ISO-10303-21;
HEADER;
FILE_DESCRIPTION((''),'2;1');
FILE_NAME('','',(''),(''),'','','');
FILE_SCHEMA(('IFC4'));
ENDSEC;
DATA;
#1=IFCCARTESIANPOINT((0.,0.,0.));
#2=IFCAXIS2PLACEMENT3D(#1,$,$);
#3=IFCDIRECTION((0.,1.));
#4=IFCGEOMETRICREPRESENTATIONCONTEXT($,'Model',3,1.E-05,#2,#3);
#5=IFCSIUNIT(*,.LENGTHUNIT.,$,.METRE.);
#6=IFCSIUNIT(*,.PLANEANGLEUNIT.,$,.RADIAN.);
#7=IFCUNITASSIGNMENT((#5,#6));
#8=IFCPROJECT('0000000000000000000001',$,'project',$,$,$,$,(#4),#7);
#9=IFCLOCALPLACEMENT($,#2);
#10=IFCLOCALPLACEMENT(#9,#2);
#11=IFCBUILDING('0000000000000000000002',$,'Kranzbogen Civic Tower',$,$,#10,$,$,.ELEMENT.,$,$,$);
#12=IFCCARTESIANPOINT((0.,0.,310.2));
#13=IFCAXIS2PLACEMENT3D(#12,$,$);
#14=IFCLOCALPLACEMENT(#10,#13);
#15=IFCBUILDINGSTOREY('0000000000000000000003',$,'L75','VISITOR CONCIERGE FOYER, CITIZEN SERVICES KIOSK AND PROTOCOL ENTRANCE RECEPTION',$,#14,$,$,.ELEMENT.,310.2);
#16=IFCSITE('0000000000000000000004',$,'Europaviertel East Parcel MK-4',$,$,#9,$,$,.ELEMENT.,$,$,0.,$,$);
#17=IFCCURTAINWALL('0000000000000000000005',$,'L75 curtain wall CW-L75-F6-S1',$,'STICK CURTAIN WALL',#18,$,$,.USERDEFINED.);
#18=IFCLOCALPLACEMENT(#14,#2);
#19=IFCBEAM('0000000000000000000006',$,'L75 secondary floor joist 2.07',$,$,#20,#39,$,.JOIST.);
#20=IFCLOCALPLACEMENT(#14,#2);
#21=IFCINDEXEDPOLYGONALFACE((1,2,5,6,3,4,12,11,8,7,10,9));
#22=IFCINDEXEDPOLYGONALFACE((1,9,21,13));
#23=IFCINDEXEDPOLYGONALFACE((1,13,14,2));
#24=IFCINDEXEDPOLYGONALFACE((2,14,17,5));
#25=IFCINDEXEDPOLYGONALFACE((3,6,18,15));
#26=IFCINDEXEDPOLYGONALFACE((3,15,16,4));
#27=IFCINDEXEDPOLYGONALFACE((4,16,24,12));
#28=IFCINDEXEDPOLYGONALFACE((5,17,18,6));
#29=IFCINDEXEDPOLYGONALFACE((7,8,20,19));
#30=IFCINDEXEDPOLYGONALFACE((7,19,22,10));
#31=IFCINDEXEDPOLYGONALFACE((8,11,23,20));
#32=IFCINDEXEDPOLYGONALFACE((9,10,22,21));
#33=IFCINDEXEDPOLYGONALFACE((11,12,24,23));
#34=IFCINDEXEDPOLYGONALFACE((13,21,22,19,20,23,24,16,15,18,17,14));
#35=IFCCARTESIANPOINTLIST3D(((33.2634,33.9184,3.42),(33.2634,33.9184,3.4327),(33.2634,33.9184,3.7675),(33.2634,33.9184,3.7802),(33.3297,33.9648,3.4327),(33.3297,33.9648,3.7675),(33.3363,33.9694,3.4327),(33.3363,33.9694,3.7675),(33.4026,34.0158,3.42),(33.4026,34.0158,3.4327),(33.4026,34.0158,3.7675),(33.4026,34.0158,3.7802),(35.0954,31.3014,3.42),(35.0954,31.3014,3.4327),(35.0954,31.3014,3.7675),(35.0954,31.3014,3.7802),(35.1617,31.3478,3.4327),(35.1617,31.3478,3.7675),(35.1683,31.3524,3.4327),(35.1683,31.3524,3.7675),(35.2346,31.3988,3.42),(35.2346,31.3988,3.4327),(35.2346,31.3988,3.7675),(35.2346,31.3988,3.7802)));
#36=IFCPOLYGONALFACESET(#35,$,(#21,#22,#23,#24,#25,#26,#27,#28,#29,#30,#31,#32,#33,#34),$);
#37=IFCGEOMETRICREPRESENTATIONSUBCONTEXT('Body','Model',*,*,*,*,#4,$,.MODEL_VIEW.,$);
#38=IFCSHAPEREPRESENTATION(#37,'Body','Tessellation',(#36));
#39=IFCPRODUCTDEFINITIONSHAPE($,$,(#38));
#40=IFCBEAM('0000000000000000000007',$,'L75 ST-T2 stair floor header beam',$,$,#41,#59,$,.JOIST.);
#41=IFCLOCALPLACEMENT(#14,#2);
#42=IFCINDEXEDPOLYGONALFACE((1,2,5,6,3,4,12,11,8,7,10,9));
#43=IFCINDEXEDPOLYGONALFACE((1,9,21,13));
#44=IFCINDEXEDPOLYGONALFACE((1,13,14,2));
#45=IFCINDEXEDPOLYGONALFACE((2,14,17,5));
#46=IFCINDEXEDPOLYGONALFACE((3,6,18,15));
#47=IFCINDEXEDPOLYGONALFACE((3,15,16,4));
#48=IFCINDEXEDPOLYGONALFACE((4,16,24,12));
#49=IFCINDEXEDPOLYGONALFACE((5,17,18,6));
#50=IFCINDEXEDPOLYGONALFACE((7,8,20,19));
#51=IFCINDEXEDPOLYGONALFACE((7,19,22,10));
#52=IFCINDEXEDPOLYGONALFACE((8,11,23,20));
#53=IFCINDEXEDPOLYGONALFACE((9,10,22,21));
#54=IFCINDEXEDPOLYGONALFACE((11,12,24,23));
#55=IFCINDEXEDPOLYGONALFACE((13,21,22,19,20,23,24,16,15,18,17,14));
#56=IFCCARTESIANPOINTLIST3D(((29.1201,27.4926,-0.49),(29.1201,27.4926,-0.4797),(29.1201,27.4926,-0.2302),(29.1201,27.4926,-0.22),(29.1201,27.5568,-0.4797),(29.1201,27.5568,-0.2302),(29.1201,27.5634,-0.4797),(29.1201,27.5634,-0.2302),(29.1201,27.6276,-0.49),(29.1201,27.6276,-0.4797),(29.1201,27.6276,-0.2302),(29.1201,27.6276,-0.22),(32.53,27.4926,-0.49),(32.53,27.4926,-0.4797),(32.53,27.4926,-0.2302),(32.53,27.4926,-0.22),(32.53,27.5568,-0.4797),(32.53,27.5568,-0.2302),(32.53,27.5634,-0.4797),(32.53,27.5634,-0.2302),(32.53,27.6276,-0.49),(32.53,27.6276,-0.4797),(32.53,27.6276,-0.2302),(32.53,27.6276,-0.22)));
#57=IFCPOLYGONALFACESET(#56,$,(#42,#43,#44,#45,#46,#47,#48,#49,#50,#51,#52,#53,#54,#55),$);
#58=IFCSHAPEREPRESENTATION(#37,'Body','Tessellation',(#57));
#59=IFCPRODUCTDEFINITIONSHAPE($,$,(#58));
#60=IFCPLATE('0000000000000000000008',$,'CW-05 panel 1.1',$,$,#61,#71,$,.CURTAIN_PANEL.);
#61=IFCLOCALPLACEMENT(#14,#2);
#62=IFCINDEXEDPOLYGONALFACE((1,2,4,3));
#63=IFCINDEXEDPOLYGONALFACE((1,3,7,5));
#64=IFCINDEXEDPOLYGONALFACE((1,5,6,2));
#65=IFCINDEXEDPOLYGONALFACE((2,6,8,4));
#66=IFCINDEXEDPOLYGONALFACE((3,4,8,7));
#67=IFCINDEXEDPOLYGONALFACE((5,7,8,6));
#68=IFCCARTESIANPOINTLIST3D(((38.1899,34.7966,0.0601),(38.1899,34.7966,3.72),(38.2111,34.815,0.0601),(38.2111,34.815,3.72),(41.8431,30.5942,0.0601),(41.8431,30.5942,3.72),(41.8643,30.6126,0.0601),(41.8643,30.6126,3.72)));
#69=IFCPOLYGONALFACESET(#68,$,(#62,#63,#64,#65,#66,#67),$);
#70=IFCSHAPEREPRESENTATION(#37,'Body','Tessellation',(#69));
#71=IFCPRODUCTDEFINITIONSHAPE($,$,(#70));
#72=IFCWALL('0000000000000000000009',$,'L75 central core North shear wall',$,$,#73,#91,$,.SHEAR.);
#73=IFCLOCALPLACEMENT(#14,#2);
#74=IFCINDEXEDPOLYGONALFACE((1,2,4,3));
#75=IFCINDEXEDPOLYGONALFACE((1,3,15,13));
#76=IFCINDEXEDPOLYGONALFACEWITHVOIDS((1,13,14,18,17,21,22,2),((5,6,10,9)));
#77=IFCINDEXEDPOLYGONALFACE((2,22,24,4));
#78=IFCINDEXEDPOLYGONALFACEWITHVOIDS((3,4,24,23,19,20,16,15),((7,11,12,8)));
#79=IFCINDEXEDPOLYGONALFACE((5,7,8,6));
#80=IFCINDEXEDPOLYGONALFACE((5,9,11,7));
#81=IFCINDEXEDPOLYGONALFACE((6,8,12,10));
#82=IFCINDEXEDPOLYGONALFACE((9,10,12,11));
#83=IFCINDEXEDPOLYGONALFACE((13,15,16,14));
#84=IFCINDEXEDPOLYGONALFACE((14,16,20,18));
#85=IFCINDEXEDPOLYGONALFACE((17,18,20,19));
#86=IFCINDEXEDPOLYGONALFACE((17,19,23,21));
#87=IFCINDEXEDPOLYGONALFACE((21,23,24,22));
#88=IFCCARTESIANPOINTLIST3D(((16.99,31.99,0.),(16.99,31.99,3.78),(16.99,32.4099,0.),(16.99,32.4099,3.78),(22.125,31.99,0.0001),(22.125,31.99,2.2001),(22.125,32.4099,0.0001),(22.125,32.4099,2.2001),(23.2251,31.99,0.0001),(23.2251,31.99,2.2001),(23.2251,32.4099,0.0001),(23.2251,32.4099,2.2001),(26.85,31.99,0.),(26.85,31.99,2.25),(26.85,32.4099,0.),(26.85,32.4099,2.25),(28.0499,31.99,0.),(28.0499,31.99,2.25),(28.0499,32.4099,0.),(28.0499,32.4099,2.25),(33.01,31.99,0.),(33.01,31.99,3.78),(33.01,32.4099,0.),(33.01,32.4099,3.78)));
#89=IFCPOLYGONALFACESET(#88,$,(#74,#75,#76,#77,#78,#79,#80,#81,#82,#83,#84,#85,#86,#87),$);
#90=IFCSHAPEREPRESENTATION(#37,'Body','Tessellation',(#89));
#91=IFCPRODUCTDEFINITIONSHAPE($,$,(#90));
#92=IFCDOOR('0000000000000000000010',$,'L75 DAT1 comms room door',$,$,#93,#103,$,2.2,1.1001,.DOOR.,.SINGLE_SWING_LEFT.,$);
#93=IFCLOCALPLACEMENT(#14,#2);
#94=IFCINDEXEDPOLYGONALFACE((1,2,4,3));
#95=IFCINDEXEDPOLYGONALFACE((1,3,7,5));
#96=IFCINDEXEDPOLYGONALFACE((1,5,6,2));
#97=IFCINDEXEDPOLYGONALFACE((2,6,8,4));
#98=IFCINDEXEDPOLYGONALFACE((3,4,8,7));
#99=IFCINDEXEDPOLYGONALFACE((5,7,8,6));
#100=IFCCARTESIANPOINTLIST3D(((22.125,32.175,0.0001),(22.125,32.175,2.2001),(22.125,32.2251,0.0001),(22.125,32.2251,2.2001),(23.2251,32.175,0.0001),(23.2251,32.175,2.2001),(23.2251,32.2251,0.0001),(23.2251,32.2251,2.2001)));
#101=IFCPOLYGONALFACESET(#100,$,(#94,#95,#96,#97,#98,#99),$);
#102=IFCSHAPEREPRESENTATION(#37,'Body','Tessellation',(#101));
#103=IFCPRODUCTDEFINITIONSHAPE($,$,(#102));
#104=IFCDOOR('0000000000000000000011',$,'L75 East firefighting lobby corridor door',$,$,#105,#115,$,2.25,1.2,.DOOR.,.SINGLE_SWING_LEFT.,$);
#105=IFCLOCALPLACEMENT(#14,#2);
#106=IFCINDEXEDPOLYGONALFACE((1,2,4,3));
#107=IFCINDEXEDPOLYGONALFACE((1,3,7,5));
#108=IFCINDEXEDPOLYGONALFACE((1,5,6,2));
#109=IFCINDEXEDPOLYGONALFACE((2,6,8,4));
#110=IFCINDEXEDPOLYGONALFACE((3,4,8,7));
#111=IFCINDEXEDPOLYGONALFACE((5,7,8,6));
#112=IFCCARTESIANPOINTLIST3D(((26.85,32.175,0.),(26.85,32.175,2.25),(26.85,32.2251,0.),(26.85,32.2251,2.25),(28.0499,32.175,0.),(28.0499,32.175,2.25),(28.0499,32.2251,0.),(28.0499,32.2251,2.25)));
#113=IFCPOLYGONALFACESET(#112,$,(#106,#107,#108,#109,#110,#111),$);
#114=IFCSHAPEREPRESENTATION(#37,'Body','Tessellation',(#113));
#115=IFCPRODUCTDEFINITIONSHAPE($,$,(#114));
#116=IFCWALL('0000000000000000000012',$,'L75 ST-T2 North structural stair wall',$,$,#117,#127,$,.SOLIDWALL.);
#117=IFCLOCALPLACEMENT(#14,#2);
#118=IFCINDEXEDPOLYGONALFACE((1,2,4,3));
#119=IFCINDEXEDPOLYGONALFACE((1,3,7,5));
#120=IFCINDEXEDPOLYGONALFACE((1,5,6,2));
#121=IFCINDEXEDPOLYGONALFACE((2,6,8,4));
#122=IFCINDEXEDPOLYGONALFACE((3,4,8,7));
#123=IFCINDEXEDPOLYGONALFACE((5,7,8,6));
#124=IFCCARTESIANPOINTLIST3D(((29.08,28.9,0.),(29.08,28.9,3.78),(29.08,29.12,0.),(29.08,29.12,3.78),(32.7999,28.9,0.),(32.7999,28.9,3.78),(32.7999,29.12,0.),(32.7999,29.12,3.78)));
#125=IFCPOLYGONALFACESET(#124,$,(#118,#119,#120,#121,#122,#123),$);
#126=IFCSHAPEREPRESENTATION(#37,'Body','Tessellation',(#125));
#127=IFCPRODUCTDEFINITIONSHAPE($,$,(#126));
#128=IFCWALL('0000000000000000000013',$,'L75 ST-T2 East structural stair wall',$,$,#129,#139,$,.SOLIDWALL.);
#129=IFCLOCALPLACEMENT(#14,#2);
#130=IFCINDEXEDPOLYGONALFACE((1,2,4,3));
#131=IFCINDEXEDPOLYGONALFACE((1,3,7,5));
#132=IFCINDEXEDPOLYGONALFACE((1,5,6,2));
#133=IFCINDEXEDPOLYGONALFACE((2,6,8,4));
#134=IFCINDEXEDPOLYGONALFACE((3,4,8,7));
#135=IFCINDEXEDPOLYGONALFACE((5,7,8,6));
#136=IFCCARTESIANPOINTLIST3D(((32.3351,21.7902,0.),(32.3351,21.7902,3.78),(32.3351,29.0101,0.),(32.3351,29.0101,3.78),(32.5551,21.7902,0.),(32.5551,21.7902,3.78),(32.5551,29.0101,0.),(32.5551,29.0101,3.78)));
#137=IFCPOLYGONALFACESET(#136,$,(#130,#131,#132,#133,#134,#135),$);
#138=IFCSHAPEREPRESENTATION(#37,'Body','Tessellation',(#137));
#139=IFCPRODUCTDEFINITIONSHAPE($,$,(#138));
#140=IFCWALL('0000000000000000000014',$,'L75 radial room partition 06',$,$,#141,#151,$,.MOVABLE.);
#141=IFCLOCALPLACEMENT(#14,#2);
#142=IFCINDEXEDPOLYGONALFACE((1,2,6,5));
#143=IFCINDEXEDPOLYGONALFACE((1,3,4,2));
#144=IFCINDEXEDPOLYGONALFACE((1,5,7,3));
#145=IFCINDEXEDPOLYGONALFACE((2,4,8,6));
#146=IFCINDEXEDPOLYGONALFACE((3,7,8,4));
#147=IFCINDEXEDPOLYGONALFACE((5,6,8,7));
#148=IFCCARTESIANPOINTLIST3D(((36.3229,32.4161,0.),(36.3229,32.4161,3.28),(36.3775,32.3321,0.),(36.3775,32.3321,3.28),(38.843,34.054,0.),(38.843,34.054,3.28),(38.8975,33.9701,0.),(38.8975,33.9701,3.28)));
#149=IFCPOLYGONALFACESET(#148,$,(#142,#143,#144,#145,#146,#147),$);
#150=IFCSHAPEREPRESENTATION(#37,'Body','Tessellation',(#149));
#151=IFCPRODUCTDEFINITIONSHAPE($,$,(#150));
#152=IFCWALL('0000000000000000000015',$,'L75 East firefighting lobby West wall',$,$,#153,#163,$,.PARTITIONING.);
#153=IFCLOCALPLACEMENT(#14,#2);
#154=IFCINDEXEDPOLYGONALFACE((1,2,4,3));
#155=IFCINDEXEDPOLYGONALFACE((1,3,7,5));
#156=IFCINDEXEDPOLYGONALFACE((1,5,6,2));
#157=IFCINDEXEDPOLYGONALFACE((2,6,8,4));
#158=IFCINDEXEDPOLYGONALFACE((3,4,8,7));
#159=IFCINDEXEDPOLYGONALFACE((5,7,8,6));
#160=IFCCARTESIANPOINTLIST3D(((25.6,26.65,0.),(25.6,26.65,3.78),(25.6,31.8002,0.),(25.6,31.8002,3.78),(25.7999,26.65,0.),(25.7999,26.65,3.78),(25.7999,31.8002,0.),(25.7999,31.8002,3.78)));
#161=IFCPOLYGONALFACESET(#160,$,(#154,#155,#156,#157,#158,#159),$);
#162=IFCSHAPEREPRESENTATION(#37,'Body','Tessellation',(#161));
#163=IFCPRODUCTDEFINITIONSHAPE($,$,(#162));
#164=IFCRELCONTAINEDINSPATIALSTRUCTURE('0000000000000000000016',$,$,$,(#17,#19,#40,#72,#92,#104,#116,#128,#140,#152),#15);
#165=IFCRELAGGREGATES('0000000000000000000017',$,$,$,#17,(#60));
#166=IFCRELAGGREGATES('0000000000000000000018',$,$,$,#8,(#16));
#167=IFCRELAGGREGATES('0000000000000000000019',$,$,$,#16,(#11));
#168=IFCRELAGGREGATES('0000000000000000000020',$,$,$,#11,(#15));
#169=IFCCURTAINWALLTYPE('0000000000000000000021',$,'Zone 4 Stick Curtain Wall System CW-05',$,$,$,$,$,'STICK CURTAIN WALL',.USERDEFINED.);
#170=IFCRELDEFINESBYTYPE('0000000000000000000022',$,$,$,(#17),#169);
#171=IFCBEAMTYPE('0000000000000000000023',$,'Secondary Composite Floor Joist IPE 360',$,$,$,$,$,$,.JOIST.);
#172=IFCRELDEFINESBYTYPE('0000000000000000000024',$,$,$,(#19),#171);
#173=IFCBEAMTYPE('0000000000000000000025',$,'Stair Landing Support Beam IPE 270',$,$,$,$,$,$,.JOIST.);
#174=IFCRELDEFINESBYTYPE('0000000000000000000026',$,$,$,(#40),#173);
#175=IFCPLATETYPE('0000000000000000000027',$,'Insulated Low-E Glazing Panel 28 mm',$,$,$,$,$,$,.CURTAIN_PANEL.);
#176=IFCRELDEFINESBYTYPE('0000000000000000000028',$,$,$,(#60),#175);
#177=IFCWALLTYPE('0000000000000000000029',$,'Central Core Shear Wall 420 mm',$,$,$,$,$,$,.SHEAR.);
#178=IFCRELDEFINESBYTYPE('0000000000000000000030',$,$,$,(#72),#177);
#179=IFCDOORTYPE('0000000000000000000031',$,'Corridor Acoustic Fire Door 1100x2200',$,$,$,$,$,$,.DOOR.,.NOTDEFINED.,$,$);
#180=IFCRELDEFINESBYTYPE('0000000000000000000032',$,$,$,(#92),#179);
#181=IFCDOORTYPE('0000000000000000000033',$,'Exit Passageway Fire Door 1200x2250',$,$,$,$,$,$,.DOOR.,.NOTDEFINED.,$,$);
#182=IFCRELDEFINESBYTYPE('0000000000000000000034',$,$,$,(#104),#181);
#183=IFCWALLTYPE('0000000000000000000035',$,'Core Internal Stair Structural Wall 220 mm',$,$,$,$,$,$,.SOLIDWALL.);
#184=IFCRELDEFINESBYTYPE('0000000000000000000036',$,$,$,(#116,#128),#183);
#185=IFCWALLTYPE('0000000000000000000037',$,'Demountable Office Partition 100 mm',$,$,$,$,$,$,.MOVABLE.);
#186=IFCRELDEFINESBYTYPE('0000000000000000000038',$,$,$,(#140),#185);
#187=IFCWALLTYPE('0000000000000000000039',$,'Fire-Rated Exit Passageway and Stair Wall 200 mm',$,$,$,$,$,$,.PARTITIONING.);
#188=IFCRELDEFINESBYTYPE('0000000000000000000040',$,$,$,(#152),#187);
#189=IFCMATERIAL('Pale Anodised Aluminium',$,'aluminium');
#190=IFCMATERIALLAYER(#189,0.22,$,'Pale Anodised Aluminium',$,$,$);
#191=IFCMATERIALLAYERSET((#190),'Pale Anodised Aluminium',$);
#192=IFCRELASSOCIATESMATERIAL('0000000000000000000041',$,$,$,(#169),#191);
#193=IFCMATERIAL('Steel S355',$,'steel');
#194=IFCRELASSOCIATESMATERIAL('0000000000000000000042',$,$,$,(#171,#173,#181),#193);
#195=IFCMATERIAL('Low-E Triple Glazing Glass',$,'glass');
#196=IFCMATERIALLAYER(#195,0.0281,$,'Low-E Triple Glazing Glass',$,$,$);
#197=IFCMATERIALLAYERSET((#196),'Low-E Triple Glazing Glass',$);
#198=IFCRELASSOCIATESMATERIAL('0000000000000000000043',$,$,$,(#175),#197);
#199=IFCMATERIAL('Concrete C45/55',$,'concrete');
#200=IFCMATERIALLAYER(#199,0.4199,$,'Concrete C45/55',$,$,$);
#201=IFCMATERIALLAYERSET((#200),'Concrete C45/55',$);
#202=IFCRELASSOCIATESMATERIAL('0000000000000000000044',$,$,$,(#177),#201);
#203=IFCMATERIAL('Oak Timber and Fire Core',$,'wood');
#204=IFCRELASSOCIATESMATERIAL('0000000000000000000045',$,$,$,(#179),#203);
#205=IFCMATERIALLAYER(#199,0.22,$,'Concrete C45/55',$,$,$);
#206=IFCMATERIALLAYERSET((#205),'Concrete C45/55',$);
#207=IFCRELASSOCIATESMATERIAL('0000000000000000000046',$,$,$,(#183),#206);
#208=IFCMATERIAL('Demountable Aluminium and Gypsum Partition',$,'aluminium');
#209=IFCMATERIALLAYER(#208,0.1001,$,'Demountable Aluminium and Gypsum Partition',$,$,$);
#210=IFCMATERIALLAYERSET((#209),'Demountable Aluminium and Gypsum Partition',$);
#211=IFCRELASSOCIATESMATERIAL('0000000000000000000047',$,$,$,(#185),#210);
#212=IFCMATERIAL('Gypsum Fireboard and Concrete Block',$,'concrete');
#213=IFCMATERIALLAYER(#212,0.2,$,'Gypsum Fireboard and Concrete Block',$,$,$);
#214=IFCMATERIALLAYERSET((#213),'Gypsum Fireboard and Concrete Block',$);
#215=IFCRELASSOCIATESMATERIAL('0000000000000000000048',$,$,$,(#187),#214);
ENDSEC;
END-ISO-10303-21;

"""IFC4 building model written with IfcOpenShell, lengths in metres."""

from ifc_helpers import new_model, si_unit, direction, frame, frame_2d, origin, origin_2d, place, context, subcontext, project, spatial, rectangle, i_section, extrude, material, layer, layer_set, material_profile, profile_set, type_object, element, fill, aggregate, save


model = new_model("IFC4")

# Units and contexts
model_context = context("Model", 3, precision=1e-05, world=origin(), true_north=direction((0.0, 1.0)))
body_context = subcontext(model_context, "Body", "Model", "MODEL_VIEW")
ifc_project = project(units=[si_unit("LENGTHUNIT", "METRE"), si_unit("PLANEANGLEUNIT", "RADIAN")], contexts=[model_context])

# Site, building, storey
site_placement = place(None, origin())
site = spatial("IfcSite", under=ifc_project, at=site_placement, Name="Europaviertel East Parcel MK-4", CompositionType="ELEMENT", RefElevation=0.0)
building_placement = place(site_placement, origin())
building = spatial("IfcBuilding", under=site, at=building_placement, Name="Kranzbogen Civic Tower", CompositionType="ELEMENT")
storey_placement = place(building_placement, frame((0.0, 0.0, 310.2)))
storey = spatial("IfcBuildingStorey", under=building, at=storey_placement, Name="L75", Description="VISITOR CONCIERGE FOYER, CITIZEN SERVICES KIOSK AND PROTOCOL ENTRANCE RECEPTION", CompositionType="ELEMENT", Elevation=310.2)

# Shared definitions
ifc_material_1 = material(Name="Steel S355", Category="steel")

# Shared definitions
ifc_material_2 = material(Name="Pale Anodised Aluminium", Category="aluminium")
ifc_layer_1 = layer(ifc_material_2, 0.22, Name="Pale Anodised Aluminium")
ifc_layer_set_1 = layer_set([ifc_layer_1], Name="Pale Anodised Aluminium")
curtain_wall_type = type_object("IfcCurtainWallType", Name="Zone 4 Stick Curtain Wall System CW-05", ElementType="STICK CURTAIN WALL", PredefinedType="USERDEFINED", material=ifc_layer_set_1)

# Curtain wall
curtain_wall_1_placement = place(storey_placement, origin())
curtain_wall_1 = element("IfcCurtainWall", 1, at=curtain_wall_1_placement, inside=storey, type_object=curtain_wall_type, Name="L75 curtain wall CW-L75-F6-S1", ObjectType="STICK CURTAIN WALL", PredefinedType="USERDEFINED")

# Beams
ifc_material_profile_1 = material_profile(ifc_material_1, i_section(OverallWidth=0.1699, OverallDepth=0.3601, WebThickness=0.0081, FlangeThickness=0.0127, at=origin_2d()), Name="IPE 360")
ifc_profile_set_1 = profile_set([ifc_material_profile_1], Name="Steel S355")
beam_type_1 = type_object("IfcBeamType", Name="Secondary Composite Floor Joist IPE 360", PredefinedType="JOIST", material=ifc_profile_set_1)
beam_1_placement = place(storey_placement, frame((35.165, 31.3501, 3.6001), z_axis=(-0.573498, 0.819207, 0.0), x_axis=(-0.819207, -0.573498, 0.0)))
element("IfcBeam", 2, at=beam_1_placement, inside=storey, type_object=beam_type_1, Name="L75 secondary floor joist 2.07", PredefinedType="JOIST", context=body_context, shape_type="SweptSolid", body=[
    extrude(i_section(OverallWidth=0.1699, OverallDepth=0.3601, WebThickness=0.0081, FlangeThickness=0.0127, at=origin_2d()), origin(), (0.0, 0.0, 1.0), 3.1946),
])
ifc_material_profile_2 = material_profile(ifc_material_1, i_section(OverallWidth=0.135, OverallDepth=0.27, WebThickness=0.0066, FlangeThickness=0.0103, at=origin_2d()), Name="IPE 270")
ifc_profile_set_2 = profile_set([ifc_material_profile_2], Name="Steel S355")
beam_type_2 = type_object("IfcBeamType", Name="Stair Landing Support Beam IPE 270", PredefinedType="JOIST", material=ifc_profile_set_2)
beam_2_placement = place(storey_placement, frame((29.1201, 27.5601, -0.355), z_axis=(1.0, 0.0, 0.0), x_axis=(0.0, 1.0, 0.0)))
element("IfcBeam", 3, at=beam_2_placement, inside=storey, type_object=beam_type_2, Name="L75 ST-T2 stair floor header beam", PredefinedType="JOIST", context=body_context, shape_type="SweptSolid", body=[
    extrude(i_section(OverallWidth=0.135, OverallDepth=0.27, WebThickness=0.0066, FlangeThickness=0.0103, at=origin_2d()), origin(), (0.0, 0.0, 1.0), 3.4099),
])

# Plate
ifc_material_3 = material(Name="Low-E Triple Glazing Glass", Category="glass")
ifc_layer_2 = layer(ifc_material_3, 0.0281, Name="Low-E Triple Glazing Glass")
ifc_layer_set_2 = layer_set([ifc_layer_2], Name="Low-E Triple Glazing Glass")
plate_type = type_object("IfcPlateType", Name="Insulated Low-E Glazing Panel 28 mm", PredefinedType="CURTAIN_PANEL", material=ifc_layer_set_2)
plate_placement = place(storey_placement, frame((40.0271, 32.7046, 0.0601), z_axis=(0.0, 0.0, 1.0), x_axis=(-0.656074, 0.754696, 0.0)))
plate = element("IfcPlate", 4, at=plate_placement, type_object=plate_type, Name="CW-05 panel 1.1", PredefinedType="CURTAIN_PANEL", context=body_context, shape_type="SweptSolid", body=[
    extrude(rectangle(XDim=5.5684, YDim=0.0281, at=origin_2d()), origin(), (0.0, 0.0, 1.0), 3.6599),
])
aggregate(curtain_wall_1, [plate])

# Wall, openings, doors
ifc_material_4 = material(Name="Concrete C45/55", Category="concrete")
ifc_layer_3 = layer(ifc_material_4, 0.4199, Name="Concrete C45/55")
ifc_layer_set_3 = layer_set([ifc_layer_3], Name="Concrete C45/55")
wall_type_1 = type_object("IfcWallType", Name="Central Core Shear Wall 420 mm", PredefinedType="SHEAR", material=ifc_layer_set_3)
wall_1_placement = place(storey_placement, frame((33.01, 32.2, 0.0), z_axis=(0.0, 0.0, 1.0), x_axis=(-1.0, 0.0, 0.0)))
wall_1 = element("IfcWall", 5, at=wall_1_placement, inside=storey, type_object=wall_type_1, Name="L75 central core North shear wall", PredefinedType="SHEAR", context=body_context, shape_type="SweptSolid", body=[
    extrude(rectangle(XDim=16.02, YDim=0.4199, at=frame_2d((8.01, 0.0))), origin(), (0.0, 0.0, 1.0), 3.78),
])
opening_1_placement = place(wall_1_placement, frame((4.96, 0.0, 0.0)))
opening_1 = element("IfcOpeningElement", 6, at=opening_1_placement, cuts=wall_1, PredefinedType="OPENING", context=body_context, shape_type="SweptSolid", body=[
    extrude(rectangle(XDim=1.2, YDim=2.25, at=frame_2d((0.6001, 1.125))), frame((0.0, 0.22, 0.0), z_axis=(0.0, -1.0, 0.0), x_axis=(1.0, 0.0, 0.0)), (0.0, 0.0, 1.0), 0.4399),
])
opening_2_placement = place(wall_1_placement, frame((9.7849, 0.0, 0.0)))
opening_2 = element("IfcOpeningElement", 7, at=opening_2_placement, cuts=wall_1, PredefinedType="OPENING", context=body_context, shape_type="SweptSolid", body=[
    extrude(rectangle(XDim=1.1001, YDim=2.2, at=frame_2d((0.55, 1.1001))), frame((0.0, 0.22, 0.0), z_axis=(0.0, -1.0, 0.0), x_axis=(1.0, 0.0, 0.0)), (0.0, 0.0, 1.0), 0.4399),
])
ifc_material_5 = material(Name="Oak Timber and Fire Core", Category="wood")
door_type_1 = type_object("IfcDoorType", Name="Corridor Acoustic Fire Door 1100x2200", OperationType="NOTDEFINED", PredefinedType="DOOR", material=ifc_material_5)
door_1_placement = place(opening_2_placement, origin())
door_1 = element("IfcDoor", 8, at=door_1_placement, inside=storey, type_object=door_type_1, Name="L75 DAT1 comms room door", OperationType="SINGLE_SWING_LEFT", OverallHeight=2.2, OverallWidth=1.1001, PredefinedType="DOOR", context=body_context, shape_type="SweptSolid", body=[
    extrude(rectangle(XDim=1.1001, YDim=2.2, at=frame_2d((0.55, 1.1001))), frame((0.0, 0.0249, 0.0), z_axis=(0.0, -1.0, 0.0), x_axis=(1.0, 0.0, 0.0)), (0.0, 0.0, 1.0), 0.05),
])
fill(opening_2, door_1)
door_type_2 = type_object("IfcDoorType", Name="Exit Passageway Fire Door 1200x2250", OperationType="NOTDEFINED", PredefinedType="DOOR", material=ifc_material_1)
door_2_placement = place(opening_1_placement, origin())
door_2 = element("IfcDoor", 9, at=door_2_placement, inside=storey, type_object=door_type_2, Name="L75 East firefighting lobby corridor door", OperationType="SINGLE_SWING_LEFT", OverallHeight=2.25, OverallWidth=1.2, PredefinedType="DOOR", context=body_context, shape_type="SweptSolid", body=[
    extrude(rectangle(XDim=1.2, YDim=2.25, at=frame_2d((0.6001, 1.125))), frame((0.0, 0.0249, 0.0), z_axis=(0.0, -1.0, 0.0), x_axis=(1.0, 0.0, 0.0)), (0.0, 0.0, 1.0), 0.05),
])
fill(opening_1, door_2)

# Walls
ifc_layer_4 = layer(ifc_material_4, 0.22, Name="Concrete C45/55")
ifc_layer_set_4 = layer_set([ifc_layer_4], Name="Concrete C45/55")
wall_type_2 = type_object("IfcWallType", Name="Core Internal Stair Structural Wall 220 mm", PredefinedType="SOLIDWALL", material=ifc_layer_set_4)
wall_2_placement = place(storey_placement, frame((29.0801, 29.01, 0.0), z_axis=(0.0, 0.0, 1.0), x_axis=(1.0, 0.0, 0.0)))
element("IfcWall", 10, at=wall_2_placement, inside=storey, type_object=wall_type_2, Name="L75 ST-T2 North structural stair wall", PredefinedType="SOLIDWALL", context=body_context, shape_type="SweptSolid", body=[
    extrude(rectangle(XDim=3.72, YDim=0.22, at=frame_2d((1.8599, 0.0))), origin(), (0.0, 0.0, 1.0), 3.78),
])
wall_3_placement = place(storey_placement, frame((32.4451, 29.01, 0.0), z_axis=(0.0, 0.0, 1.0), x_axis=(0.0, -1.0, 0.0)))
element("IfcWall", 11, at=wall_3_placement, inside=storey, type_object=wall_type_2, Name="L75 ST-T2 East structural stair wall", PredefinedType="SOLIDWALL", context=body_context, shape_type="SweptSolid", body=[
    extrude(rectangle(XDim=7.22, YDim=0.22, at=frame_2d((3.6099, 0.0))), origin(), (0.0, 0.0, 1.0), 3.78),
])
ifc_material_6 = material(Name="Demountable Aluminium and Gypsum Partition", Category="aluminium")
ifc_layer_5 = layer(ifc_material_6, 0.1001, Name="Demountable Aluminium and Gypsum Partition")
ifc_layer_set_5 = layer_set([ifc_layer_5], Name="Demountable Aluminium and Gypsum Partition")
wall_type_3 = type_object("IfcWallType", Name="Demountable Office Partition 100 mm", PredefinedType="MOVABLE", material=ifc_layer_set_5)
wall_4_placement = place(storey_placement, frame((36.3501, 32.374, 0.0), z_axis=(0.0, 0.0, 1.0), x_axis=(0.838455, 0.544971, 0.0)))
element("IfcWall", 12, at=wall_4_placement, inside=storey, type_object=wall_type_3, Name="L75 radial room partition 06", PredefinedType="MOVABLE", context=body_context, shape_type="SweptSolid", body=[
    extrude(rectangle(XDim=3.0056, YDim=0.1001, at=frame_2d((1.5029, 0.0))), origin(), (0.0, 0.0, 1.0), 3.28),
])
ifc_material_7 = material(Name="Gypsum Fireboard and Concrete Block", Category="concrete")
ifc_layer_6 = layer(ifc_material_7, 0.2, Name="Gypsum Fireboard and Concrete Block")
ifc_layer_set_6 = layer_set([ifc_layer_6], Name="Gypsum Fireboard and Concrete Block")
wall_type_4 = type_object("IfcWallType", Name="Fire-Rated Exit Passageway and Stair Wall 200 mm", PredefinedType="PARTITIONING", material=ifc_layer_set_6)
wall_5_placement = place(storey_placement, frame((25.7, 26.6499, 0.0), z_axis=(0.0, 0.0, 1.0), x_axis=(0.0, 1.0, 0.0)))
element("IfcWall", 13, at=wall_5_placement, inside=storey, type_object=wall_type_4, Name="L75 East firefighting lobby West wall", PredefinedType="PARTITIONING", context=body_context, shape_type="SweptSolid", body=[
    extrude(rectangle(XDim=5.1501, YDim=0.2, at=frame_2d((2.5752, 0.0))), origin(), (0.0, 0.0, 1.0), 3.78),
])

save(model, "model.ifc")
